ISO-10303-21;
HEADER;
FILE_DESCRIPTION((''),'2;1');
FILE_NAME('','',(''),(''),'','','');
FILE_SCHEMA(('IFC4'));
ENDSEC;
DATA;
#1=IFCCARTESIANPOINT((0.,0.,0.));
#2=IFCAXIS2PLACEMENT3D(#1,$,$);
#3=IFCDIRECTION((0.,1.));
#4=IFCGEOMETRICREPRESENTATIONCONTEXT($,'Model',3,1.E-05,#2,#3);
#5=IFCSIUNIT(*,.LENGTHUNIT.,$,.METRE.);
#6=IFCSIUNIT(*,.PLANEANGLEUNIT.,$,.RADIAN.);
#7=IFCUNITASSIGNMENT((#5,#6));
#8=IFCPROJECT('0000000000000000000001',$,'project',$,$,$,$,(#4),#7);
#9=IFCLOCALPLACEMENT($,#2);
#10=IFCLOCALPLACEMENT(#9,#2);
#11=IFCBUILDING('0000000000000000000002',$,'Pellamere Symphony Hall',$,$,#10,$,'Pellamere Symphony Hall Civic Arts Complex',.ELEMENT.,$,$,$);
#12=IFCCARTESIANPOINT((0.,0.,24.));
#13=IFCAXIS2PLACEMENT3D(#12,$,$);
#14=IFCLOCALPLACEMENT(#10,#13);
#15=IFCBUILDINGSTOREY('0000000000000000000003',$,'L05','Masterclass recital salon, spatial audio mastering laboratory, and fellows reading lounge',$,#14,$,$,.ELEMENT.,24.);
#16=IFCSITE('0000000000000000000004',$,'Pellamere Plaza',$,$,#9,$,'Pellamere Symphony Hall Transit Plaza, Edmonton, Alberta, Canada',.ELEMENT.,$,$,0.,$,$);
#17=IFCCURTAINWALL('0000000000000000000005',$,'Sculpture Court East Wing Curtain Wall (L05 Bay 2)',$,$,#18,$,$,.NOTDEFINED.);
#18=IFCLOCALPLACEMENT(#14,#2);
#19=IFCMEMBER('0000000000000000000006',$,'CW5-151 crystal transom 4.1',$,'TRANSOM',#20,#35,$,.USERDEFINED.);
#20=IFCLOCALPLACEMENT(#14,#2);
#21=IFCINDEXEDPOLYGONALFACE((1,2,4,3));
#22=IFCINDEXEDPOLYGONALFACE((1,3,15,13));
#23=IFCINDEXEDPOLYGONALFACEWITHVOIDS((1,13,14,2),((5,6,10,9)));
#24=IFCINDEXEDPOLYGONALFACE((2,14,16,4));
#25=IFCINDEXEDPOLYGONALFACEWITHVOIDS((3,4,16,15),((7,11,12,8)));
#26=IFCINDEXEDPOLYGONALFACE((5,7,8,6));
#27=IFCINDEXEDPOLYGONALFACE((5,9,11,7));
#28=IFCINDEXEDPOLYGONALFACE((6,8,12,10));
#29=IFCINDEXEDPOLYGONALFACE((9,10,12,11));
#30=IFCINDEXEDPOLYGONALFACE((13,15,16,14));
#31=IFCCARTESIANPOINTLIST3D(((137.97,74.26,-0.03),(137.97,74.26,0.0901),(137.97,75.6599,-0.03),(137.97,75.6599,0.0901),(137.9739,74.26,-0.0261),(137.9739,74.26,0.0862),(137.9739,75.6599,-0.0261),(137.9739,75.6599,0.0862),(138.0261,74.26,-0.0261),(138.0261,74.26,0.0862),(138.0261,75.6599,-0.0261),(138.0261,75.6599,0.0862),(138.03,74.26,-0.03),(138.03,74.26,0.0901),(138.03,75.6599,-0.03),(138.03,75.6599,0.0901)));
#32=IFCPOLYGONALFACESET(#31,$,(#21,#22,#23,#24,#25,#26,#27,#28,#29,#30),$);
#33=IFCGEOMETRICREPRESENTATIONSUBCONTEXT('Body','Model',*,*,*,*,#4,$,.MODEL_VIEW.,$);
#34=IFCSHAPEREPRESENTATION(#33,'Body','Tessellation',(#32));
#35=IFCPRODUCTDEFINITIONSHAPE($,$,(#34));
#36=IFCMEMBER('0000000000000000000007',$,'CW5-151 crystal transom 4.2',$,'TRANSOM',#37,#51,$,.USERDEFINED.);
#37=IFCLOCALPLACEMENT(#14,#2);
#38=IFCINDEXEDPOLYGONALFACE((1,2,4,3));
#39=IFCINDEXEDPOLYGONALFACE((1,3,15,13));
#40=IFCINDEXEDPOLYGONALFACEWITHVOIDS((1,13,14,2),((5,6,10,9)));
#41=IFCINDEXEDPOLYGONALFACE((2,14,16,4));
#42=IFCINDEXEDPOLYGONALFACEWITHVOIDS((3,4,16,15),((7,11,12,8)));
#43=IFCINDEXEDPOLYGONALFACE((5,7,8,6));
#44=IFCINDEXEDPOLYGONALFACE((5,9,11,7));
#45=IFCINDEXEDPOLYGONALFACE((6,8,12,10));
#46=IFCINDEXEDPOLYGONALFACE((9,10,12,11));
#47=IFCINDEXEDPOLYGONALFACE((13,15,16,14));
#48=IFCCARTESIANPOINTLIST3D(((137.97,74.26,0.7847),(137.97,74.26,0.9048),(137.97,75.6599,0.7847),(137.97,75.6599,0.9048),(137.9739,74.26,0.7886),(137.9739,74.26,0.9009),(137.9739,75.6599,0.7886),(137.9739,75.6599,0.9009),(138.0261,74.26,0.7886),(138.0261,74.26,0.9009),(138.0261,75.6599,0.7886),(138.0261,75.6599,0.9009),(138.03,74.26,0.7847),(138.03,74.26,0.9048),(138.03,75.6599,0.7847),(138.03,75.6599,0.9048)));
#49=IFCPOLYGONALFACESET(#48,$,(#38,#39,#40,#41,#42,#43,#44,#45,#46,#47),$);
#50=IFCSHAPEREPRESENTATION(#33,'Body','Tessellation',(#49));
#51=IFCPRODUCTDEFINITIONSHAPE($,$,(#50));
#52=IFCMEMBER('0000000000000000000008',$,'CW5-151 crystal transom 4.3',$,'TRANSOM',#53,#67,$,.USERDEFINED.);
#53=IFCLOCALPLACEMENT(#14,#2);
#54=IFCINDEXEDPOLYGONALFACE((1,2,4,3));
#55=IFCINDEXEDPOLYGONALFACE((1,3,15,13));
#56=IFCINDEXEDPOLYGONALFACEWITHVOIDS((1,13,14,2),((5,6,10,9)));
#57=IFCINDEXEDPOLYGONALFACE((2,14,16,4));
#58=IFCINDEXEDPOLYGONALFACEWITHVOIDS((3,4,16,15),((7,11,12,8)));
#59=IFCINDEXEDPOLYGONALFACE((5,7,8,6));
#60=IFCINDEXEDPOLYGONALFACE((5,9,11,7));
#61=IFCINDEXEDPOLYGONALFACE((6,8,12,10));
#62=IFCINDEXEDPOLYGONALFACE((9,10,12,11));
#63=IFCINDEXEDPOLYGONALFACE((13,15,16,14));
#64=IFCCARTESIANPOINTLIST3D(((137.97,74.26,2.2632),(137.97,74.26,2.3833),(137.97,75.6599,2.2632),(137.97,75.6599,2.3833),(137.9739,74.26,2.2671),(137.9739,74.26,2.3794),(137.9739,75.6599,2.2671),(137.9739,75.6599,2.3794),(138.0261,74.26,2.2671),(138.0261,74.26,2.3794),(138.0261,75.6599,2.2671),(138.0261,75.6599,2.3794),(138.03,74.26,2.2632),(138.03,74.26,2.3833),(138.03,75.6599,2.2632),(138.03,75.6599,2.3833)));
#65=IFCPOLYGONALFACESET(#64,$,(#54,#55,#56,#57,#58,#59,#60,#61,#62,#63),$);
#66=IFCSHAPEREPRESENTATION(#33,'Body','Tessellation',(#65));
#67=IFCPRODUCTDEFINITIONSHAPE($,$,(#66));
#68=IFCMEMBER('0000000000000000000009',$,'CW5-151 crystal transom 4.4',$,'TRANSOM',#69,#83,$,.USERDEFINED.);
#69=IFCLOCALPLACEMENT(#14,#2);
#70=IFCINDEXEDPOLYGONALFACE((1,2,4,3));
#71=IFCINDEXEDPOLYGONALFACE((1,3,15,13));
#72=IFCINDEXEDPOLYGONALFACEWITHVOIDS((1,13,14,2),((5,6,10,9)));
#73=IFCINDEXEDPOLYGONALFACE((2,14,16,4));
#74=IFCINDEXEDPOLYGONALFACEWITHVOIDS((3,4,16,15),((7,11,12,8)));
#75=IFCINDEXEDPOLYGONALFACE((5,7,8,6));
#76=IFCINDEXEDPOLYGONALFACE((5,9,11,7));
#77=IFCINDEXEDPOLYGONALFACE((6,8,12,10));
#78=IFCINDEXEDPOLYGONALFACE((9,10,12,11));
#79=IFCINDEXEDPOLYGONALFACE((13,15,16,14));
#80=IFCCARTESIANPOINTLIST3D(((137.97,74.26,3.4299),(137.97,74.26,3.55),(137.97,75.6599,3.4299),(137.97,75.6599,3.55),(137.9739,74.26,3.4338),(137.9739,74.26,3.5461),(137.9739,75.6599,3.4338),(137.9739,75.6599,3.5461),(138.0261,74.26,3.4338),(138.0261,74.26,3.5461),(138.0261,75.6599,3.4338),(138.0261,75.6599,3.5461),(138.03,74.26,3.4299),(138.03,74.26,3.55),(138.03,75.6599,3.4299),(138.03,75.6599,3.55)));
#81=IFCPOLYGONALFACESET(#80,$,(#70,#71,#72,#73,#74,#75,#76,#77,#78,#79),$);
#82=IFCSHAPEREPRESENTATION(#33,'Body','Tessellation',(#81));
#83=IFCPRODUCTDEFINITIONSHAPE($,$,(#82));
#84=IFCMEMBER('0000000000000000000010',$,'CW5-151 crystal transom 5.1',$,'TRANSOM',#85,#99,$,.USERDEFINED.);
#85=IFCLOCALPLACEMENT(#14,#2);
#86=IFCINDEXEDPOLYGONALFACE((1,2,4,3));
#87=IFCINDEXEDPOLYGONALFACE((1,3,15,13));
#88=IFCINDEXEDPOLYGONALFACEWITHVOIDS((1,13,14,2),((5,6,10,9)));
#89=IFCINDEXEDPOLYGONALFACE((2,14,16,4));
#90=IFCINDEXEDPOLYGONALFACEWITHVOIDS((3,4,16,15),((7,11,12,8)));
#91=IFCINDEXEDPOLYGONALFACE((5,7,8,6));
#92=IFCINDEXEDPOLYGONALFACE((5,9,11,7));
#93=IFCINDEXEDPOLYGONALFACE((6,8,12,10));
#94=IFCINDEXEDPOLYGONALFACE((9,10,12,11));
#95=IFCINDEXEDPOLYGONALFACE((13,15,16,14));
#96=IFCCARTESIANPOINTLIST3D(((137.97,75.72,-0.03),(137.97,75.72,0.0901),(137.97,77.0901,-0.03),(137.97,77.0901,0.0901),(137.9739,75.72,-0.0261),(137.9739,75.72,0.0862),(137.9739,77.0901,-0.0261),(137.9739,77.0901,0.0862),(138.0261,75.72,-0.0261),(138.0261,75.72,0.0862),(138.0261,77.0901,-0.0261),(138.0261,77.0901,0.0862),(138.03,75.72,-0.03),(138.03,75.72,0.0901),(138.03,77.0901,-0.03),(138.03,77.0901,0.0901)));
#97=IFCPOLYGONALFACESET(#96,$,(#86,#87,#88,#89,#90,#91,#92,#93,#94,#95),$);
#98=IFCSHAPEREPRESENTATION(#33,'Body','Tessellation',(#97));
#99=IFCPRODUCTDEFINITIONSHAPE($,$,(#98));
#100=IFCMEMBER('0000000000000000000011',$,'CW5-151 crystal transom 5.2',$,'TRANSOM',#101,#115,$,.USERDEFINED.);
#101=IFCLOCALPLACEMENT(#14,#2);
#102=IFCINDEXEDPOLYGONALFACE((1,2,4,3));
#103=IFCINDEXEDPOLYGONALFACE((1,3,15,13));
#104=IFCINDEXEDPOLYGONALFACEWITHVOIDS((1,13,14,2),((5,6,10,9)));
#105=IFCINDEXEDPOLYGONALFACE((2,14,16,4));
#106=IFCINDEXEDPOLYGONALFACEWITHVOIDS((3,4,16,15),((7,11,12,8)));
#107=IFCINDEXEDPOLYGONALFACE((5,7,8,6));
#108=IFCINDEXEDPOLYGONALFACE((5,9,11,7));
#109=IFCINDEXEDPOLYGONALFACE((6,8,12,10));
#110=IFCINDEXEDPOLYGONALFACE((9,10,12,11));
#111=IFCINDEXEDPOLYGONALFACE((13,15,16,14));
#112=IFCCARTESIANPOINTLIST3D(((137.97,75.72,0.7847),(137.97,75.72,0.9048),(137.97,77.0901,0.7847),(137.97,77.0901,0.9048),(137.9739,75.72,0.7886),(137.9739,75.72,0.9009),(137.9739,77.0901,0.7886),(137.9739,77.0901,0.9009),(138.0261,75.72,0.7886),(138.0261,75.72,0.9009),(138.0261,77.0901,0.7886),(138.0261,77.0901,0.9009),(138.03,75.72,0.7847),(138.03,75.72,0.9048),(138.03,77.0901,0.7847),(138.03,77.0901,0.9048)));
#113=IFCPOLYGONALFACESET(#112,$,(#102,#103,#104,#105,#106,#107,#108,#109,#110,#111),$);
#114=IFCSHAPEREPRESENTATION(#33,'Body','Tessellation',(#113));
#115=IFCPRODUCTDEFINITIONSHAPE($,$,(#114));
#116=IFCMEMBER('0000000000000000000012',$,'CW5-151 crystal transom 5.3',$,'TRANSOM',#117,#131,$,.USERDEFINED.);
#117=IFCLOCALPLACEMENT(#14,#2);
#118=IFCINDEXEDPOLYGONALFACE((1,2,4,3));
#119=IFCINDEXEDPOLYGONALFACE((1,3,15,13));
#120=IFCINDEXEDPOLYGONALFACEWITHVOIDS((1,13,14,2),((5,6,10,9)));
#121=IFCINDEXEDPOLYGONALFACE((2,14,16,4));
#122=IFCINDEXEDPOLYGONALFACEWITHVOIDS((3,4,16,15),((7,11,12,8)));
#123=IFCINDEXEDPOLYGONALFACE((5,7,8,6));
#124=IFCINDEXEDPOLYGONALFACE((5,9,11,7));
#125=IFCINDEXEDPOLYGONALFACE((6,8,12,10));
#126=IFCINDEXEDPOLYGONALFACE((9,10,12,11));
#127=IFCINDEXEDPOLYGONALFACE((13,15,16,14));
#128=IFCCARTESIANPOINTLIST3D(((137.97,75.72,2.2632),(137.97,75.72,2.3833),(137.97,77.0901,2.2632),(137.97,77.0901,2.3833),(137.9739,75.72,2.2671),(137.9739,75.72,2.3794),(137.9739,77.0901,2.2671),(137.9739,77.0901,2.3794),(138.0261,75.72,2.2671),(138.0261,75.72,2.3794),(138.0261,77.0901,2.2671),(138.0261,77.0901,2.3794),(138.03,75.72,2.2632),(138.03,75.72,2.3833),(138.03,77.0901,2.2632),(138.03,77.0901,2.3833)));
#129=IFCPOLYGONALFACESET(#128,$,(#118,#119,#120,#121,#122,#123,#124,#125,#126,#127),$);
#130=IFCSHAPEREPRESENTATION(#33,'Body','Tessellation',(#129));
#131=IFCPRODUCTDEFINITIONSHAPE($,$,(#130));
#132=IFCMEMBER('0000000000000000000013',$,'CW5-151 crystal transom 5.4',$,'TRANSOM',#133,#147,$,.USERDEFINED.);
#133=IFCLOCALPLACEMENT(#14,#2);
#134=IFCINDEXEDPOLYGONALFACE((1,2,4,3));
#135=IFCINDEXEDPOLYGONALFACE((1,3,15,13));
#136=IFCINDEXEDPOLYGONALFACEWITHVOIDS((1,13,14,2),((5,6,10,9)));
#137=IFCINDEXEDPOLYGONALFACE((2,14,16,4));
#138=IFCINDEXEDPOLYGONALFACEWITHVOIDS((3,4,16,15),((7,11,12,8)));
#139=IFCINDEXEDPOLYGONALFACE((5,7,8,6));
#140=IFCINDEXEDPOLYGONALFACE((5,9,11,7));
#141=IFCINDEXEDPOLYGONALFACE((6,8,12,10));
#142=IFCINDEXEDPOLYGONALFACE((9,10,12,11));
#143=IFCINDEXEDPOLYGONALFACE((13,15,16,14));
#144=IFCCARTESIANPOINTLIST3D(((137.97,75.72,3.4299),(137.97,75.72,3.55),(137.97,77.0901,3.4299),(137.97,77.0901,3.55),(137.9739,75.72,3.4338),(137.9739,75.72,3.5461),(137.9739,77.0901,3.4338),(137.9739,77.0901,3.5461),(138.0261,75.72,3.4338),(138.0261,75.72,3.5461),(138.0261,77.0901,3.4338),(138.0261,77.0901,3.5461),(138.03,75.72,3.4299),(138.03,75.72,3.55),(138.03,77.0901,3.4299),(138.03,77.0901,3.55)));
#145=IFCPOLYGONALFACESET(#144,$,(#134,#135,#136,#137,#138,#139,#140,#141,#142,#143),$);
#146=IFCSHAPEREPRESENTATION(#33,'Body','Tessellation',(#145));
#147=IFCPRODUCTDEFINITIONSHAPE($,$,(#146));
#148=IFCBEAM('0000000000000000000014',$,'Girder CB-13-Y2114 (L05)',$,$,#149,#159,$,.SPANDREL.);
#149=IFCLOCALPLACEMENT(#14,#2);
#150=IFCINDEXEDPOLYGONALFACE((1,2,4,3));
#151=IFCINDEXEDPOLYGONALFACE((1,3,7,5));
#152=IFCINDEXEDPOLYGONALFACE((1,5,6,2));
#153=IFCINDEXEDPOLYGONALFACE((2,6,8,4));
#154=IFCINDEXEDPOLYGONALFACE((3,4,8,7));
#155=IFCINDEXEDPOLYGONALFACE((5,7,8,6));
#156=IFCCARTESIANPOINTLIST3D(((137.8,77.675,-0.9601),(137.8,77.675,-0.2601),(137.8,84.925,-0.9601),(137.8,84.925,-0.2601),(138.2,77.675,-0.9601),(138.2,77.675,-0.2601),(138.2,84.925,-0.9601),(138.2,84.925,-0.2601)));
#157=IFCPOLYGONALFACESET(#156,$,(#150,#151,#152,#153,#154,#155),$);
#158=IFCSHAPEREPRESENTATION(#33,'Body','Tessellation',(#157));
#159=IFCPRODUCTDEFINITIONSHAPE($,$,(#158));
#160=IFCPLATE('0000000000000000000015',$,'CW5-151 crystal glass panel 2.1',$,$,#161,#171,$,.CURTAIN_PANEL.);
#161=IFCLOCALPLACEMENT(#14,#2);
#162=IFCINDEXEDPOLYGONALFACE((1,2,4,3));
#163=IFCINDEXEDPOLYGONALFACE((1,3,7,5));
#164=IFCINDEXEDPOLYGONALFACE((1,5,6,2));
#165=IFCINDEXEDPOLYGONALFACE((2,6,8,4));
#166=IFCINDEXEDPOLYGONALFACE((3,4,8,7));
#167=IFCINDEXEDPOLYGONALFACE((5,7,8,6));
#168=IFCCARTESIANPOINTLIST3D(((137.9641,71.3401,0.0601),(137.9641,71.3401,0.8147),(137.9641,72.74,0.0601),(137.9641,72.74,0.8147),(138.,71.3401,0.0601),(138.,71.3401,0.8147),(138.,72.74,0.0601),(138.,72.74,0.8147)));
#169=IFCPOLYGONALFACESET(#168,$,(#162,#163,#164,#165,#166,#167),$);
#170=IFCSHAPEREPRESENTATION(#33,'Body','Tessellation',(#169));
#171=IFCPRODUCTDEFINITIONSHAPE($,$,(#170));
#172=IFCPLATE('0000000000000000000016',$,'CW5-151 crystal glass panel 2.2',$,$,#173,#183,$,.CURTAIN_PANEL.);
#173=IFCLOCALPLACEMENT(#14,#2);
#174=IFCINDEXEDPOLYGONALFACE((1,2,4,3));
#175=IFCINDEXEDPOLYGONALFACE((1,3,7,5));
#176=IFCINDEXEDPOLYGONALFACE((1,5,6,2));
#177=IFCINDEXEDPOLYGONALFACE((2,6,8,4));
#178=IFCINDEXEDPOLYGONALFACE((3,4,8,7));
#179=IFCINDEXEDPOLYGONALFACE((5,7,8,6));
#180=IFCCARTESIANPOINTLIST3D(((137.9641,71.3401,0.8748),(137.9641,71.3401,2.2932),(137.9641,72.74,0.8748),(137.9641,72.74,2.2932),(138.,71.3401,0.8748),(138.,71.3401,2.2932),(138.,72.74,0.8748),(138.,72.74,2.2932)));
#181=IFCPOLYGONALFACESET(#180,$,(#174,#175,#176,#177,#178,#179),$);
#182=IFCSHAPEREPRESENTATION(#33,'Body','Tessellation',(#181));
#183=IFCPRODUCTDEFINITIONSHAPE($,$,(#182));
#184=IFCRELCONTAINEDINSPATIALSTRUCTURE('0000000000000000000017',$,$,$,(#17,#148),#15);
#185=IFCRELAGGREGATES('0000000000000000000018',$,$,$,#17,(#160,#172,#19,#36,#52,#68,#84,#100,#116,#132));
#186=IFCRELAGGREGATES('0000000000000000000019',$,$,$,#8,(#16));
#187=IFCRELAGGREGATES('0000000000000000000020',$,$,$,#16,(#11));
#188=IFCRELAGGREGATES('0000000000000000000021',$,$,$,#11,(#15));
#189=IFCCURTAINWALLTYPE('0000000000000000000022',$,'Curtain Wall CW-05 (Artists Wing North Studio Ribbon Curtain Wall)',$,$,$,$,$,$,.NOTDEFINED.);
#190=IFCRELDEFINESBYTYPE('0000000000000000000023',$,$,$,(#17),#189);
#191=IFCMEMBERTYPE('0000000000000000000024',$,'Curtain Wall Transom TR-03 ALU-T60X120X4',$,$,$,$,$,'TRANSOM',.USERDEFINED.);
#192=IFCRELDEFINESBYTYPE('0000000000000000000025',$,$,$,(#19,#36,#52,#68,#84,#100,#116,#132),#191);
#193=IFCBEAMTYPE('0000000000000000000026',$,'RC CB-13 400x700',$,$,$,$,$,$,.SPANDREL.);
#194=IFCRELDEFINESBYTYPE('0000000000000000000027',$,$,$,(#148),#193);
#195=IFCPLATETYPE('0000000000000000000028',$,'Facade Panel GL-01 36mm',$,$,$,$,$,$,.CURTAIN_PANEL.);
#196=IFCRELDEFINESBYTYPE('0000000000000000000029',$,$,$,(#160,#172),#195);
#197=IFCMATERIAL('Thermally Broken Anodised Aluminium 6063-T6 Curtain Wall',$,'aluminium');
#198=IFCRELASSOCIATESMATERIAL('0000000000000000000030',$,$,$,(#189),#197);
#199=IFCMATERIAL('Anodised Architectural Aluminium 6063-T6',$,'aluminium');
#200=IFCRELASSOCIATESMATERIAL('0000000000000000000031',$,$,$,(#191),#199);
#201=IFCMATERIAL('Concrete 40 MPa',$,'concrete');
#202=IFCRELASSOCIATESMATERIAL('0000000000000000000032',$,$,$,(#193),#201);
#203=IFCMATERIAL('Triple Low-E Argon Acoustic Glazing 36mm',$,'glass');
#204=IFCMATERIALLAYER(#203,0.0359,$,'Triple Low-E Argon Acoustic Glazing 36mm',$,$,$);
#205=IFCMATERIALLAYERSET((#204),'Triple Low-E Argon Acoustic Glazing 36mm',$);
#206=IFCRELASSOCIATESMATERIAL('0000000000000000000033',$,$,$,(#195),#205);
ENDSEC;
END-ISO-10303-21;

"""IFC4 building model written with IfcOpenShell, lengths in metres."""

from ifc_helpers import new_model, si_unit, direction, frame, origin, origin_2d, place, context, subcontext, project, spatial, polyline, rectangle, hollow_rectangle, outline, extrude, material, layer, layer_set, material_profile, profile_set, type_object, element, aggregate, save


model = new_model("IFC4")

# Units and contexts
model_context = context("Model", 3, precision=1e-05, world=origin(), true_north=direction((0.0, 1.0)))
body_context = subcontext(model_context, "Body", "Model", "MODEL_VIEW")
ifc_project = project(units=[si_unit("LENGTHUNIT", "METRE"), si_unit("PLANEANGLEUNIT", "RADIAN")], contexts=[model_context])

# Site, building, storey
site_placement = place(None, origin())
site = spatial("IfcSite", under=ifc_project, at=site_placement, Name="Pellamere Plaza", LongName="Pellamere Symphony Hall Transit Plaza, Edmonton, Alberta, Canada", CompositionType="ELEMENT", RefElevation=0.0)
building_placement = place(site_placement, origin())
building = spatial("IfcBuilding", under=site, at=building_placement, Name="Pellamere Symphony Hall", LongName="Pellamere Symphony Hall Civic Arts Complex", CompositionType="ELEMENT")
storey_placement = place(building_placement, frame((0.0, 0.0, 24.0)))
storey = spatial("IfcBuildingStorey", under=building, at=storey_placement, Name="L05", Description="Masterclass recital salon, spatial audio mastering laboratory, and fellows reading lounge", CompositionType="ELEMENT", Elevation=24.0)

# Curtain wall, members
ifc_material_1 = material(Name="Thermally Broken Anodised Aluminium 6063-T6 Curtain Wall", Category="aluminium")
curtain_wall_type = type_object("IfcCurtainWallType", Name="Curtain Wall CW-05 (Artists Wing North Studio Ribbon Curtain Wall)", PredefinedType="NOTDEFINED", material=ifc_material_1)
curtain_wall_placement = place(storey_placement, origin())
curtain_wall = element("IfcCurtainWall", 1, at=curtain_wall_placement, inside=storey, type_object=curtain_wall_type, Name="Sculpture Court East Wing Curtain Wall (L05 Bay 2)", PredefinedType="NOTDEFINED")
ifc_material_2 = material(Name="Anodised Architectural Aluminium 6063-T6", Category="aluminium")
ifc_material_profile_1 = material_profile(ifc_material_2, hollow_rectangle(XDim=0.0601, YDim=0.1201, WallThickness=0.0039, at=origin_2d()), Name="ALU-T60X120X4")
ifc_profile_set_1 = profile_set([ifc_material_profile_1], Name="Anodised Architectural Aluminium 6063-T6")
member_type_1 = type_object("IfcMemberType", Name="Curtain Wall Transom TR-03 ALU-T60X120X4", ElementType="TRANSOM", PredefinedType="USERDEFINED", material=ifc_profile_set_1)
member_1_placement = place(storey_placement, frame((138.0, 74.26, 0.03), z_axis=(0.0, 1.0, 0.0), x_axis=(-1.0, 0.0, 0.0)))
member_1 = element("IfcMember", 2, at=member_1_placement, type_object=member_type_1, Name="CW5-151 crystal transom 4.1", ObjectType="TRANSOM", PredefinedType="USERDEFINED", context=body_context, shape_type="SweptSolid", body=[
    extrude(hollow_rectangle(XDim=0.0601, YDim=0.1201, WallThickness=0.0039, at=origin_2d()), origin(), (0.0, 0.0, 1.0), 1.3999),
])
member_2_placement = place(storey_placement, frame((138.0, 74.26, 0.8447), z_axis=(0.0, 1.0, 0.0), x_axis=(-1.0, 0.0, 0.0)))
member_2 = element("IfcMember", 3, at=member_2_placement, type_object=member_type_1, Name="CW5-151 crystal transom 4.2", ObjectType="TRANSOM", PredefinedType="USERDEFINED", context=body_context, shape_type="SweptSolid", body=[
    extrude(hollow_rectangle(XDim=0.0601, YDim=0.1201, WallThickness=0.0039, at=origin_2d()), origin(), (0.0, 0.0, 1.0), 1.3999),
])
member_3_placement = place(storey_placement, frame((138.0, 74.26, 2.3232), z_axis=(0.0, 1.0, 0.0), x_axis=(-1.0, 0.0, 0.0)))
member_3 = element("IfcMember", 4, at=member_3_placement, type_object=member_type_1, Name="CW5-151 crystal transom 4.3", ObjectType="TRANSOM", PredefinedType="USERDEFINED", context=body_context, shape_type="SweptSolid", body=[
    extrude(hollow_rectangle(XDim=0.0601, YDim=0.1201, WallThickness=0.0039, at=origin_2d()), origin(), (0.0, 0.0, 1.0), 1.3999),
])
member_4_placement = place(storey_placement, frame((138.0, 74.26, 3.49), z_axis=(0.0, 1.0, 0.0), x_axis=(-1.0, 0.0, 0.0)))
member_4 = element("IfcMember", 5, at=member_4_placement, type_object=member_type_1, Name="CW5-151 crystal transom 4.4", ObjectType="TRANSOM", PredefinedType="USERDEFINED", context=body_context, shape_type="SweptSolid", body=[
    extrude(hollow_rectangle(XDim=0.0601, YDim=0.1201, WallThickness=0.0039, at=origin_2d()), origin(), (0.0, 0.0, 1.0), 1.3999),
])
member_5_placement = place(storey_placement, frame((138.0, 75.72, 0.03), z_axis=(0.0, 1.0, 0.0), x_axis=(-1.0, 0.0, 0.0)))
member_5 = element("IfcMember", 6, at=member_5_placement, type_object=member_type_1, Name="CW5-151 crystal transom 5.1", ObjectType="TRANSOM", PredefinedType="USERDEFINED", context=body_context, shape_type="SweptSolid", body=[
    extrude(hollow_rectangle(XDim=0.0601, YDim=0.1201, WallThickness=0.0039, at=origin_2d()), origin(), (0.0, 0.0, 1.0), 1.3701),
])
member_6_placement = place(storey_placement, frame((138.0, 75.72, 0.8447), z_axis=(0.0, 1.0, 0.0), x_axis=(-1.0, 0.0, 0.0)))
member_6 = element("IfcMember", 7, at=member_6_placement, type_object=member_type_1, Name="CW5-151 crystal transom 5.2", ObjectType="TRANSOM", PredefinedType="USERDEFINED", context=body_context, shape_type="SweptSolid", body=[
    extrude(hollow_rectangle(XDim=0.0601, YDim=0.1201, WallThickness=0.0039, at=origin_2d()), origin(), (0.0, 0.0, 1.0), 1.3701),
])
member_7_placement = place(storey_placement, frame((138.0, 75.72, 2.3232), z_axis=(0.0, 1.0, 0.0), x_axis=(-1.0, 0.0, 0.0)))
member_7 = element("IfcMember", 8, at=member_7_placement, type_object=member_type_1, Name="CW5-151 crystal transom 5.3", ObjectType="TRANSOM", PredefinedType="USERDEFINED", context=body_context, shape_type="SweptSolid", body=[
    extrude(hollow_rectangle(XDim=0.0601, YDim=0.1201, WallThickness=0.0039, at=origin_2d()), origin(), (0.0, 0.0, 1.0), 1.3701),
])
member_8_placement = place(storey_placement, frame((138.0, 75.72, 3.49), z_axis=(0.0, 1.0, 0.0), x_axis=(-1.0, 0.0, 0.0)))
member_8 = element("IfcMember", 9, at=member_8_placement, type_object=member_type_1, Name="CW5-151 crystal transom 5.4", ObjectType="TRANSOM", PredefinedType="USERDEFINED", context=body_context, shape_type="SweptSolid", body=[
    extrude(hollow_rectangle(XDim=0.0601, YDim=0.1201, WallThickness=0.0039, at=origin_2d()), origin(), (0.0, 0.0, 1.0), 1.3701),
])

# Beam
ifc_material_3 = material(Name="Concrete 40 MPa", Category="concrete")
ifc_material_profile_2 = material_profile(ifc_material_3, rectangle(XDim=0.3999, YDim=0.7, at=origin_2d()), Name="RC 400x700")
ifc_profile_set_2 = profile_set([ifc_material_profile_2], Name="Concrete 40 MPa")
beam_type = type_object("IfcBeamType", Name="RC CB-13 400x700", PredefinedType="SPANDREL", material=ifc_profile_set_2)
beam_placement = place(storey_placement, frame((138.0, 77.675, -0.6101), z_axis=(0.0, 1.0, 0.0), x_axis=(-1.0, 0.0, 0.0)))
element("IfcBeam", 10, at=beam_placement, inside=storey, type_object=beam_type, Name="Girder CB-13-Y2114 (L05)", PredefinedType="SPANDREL", context=body_context, shape_type="SweptSolid", body=[
    extrude(rectangle(XDim=0.3999, YDim=0.7, at=origin_2d()), origin(), (0.0, 0.0, 1.0), 7.25),
])

# Plates
ifc_material_4 = material(Name="Triple Low-E Argon Acoustic Glazing 36mm", Category="glass")
ifc_layer = layer(ifc_material_4, 0.0359, Name="Triple Low-E Argon Acoustic Glazing 36mm")
ifc_layer_set = layer_set([ifc_layer], Name="Triple Low-E Argon Acoustic Glazing 36mm")
plate_type = type_object("IfcPlateType", Name="Facade Panel GL-01 36mm", PredefinedType="CURTAIN_PANEL", material=ifc_layer_set)
plate_1_placement = place(storey_placement, frame((138.0, 71.3401, 0.0601), z_axis=(1.0, 0.0, 0.0), x_axis=(0.0, 1.0, 0.0)))
plate_1 = element("IfcPlate", 11, at=plate_1_placement, type_object=plate_type, Name="CW5-151 crystal glass panel 2.1", PredefinedType="CURTAIN_PANEL", context=body_context, shape_type="SweptSolid", body=[
    extrude(outline(polyline([(0.0, 0.0), (1.3999, 0.0), (1.3999, 0.7546), (0.0, 0.7546), (0.0, 0.0)])), origin(), (0.0, 0.0, -1.0), 0.0359),
])
plate_2_placement = place(storey_placement, frame((138.0, 71.3401, 0.8748), z_axis=(1.0, 0.0, 0.0), x_axis=(0.0, 1.0, 0.0)))
plate_2 = element("IfcPlate", 12, at=plate_2_placement, type_object=plate_type, Name="CW5-151 crystal glass panel 2.2", PredefinedType="CURTAIN_PANEL", context=body_context, shape_type="SweptSolid", body=[
    extrude(outline(polyline([(0.0, 0.0), (1.3999, 0.0), (1.3999, 1.4185), (0.0, 1.4185), (0.0, 0.0)])), origin(), (0.0, 0.0, -1.0), 0.0359),
])
aggregate(curtain_wall, [plate_1, plate_2, member_1, member_2, member_3, member_4, member_5, member_6, member_7, member_8])

save(model, "model.ifc")
